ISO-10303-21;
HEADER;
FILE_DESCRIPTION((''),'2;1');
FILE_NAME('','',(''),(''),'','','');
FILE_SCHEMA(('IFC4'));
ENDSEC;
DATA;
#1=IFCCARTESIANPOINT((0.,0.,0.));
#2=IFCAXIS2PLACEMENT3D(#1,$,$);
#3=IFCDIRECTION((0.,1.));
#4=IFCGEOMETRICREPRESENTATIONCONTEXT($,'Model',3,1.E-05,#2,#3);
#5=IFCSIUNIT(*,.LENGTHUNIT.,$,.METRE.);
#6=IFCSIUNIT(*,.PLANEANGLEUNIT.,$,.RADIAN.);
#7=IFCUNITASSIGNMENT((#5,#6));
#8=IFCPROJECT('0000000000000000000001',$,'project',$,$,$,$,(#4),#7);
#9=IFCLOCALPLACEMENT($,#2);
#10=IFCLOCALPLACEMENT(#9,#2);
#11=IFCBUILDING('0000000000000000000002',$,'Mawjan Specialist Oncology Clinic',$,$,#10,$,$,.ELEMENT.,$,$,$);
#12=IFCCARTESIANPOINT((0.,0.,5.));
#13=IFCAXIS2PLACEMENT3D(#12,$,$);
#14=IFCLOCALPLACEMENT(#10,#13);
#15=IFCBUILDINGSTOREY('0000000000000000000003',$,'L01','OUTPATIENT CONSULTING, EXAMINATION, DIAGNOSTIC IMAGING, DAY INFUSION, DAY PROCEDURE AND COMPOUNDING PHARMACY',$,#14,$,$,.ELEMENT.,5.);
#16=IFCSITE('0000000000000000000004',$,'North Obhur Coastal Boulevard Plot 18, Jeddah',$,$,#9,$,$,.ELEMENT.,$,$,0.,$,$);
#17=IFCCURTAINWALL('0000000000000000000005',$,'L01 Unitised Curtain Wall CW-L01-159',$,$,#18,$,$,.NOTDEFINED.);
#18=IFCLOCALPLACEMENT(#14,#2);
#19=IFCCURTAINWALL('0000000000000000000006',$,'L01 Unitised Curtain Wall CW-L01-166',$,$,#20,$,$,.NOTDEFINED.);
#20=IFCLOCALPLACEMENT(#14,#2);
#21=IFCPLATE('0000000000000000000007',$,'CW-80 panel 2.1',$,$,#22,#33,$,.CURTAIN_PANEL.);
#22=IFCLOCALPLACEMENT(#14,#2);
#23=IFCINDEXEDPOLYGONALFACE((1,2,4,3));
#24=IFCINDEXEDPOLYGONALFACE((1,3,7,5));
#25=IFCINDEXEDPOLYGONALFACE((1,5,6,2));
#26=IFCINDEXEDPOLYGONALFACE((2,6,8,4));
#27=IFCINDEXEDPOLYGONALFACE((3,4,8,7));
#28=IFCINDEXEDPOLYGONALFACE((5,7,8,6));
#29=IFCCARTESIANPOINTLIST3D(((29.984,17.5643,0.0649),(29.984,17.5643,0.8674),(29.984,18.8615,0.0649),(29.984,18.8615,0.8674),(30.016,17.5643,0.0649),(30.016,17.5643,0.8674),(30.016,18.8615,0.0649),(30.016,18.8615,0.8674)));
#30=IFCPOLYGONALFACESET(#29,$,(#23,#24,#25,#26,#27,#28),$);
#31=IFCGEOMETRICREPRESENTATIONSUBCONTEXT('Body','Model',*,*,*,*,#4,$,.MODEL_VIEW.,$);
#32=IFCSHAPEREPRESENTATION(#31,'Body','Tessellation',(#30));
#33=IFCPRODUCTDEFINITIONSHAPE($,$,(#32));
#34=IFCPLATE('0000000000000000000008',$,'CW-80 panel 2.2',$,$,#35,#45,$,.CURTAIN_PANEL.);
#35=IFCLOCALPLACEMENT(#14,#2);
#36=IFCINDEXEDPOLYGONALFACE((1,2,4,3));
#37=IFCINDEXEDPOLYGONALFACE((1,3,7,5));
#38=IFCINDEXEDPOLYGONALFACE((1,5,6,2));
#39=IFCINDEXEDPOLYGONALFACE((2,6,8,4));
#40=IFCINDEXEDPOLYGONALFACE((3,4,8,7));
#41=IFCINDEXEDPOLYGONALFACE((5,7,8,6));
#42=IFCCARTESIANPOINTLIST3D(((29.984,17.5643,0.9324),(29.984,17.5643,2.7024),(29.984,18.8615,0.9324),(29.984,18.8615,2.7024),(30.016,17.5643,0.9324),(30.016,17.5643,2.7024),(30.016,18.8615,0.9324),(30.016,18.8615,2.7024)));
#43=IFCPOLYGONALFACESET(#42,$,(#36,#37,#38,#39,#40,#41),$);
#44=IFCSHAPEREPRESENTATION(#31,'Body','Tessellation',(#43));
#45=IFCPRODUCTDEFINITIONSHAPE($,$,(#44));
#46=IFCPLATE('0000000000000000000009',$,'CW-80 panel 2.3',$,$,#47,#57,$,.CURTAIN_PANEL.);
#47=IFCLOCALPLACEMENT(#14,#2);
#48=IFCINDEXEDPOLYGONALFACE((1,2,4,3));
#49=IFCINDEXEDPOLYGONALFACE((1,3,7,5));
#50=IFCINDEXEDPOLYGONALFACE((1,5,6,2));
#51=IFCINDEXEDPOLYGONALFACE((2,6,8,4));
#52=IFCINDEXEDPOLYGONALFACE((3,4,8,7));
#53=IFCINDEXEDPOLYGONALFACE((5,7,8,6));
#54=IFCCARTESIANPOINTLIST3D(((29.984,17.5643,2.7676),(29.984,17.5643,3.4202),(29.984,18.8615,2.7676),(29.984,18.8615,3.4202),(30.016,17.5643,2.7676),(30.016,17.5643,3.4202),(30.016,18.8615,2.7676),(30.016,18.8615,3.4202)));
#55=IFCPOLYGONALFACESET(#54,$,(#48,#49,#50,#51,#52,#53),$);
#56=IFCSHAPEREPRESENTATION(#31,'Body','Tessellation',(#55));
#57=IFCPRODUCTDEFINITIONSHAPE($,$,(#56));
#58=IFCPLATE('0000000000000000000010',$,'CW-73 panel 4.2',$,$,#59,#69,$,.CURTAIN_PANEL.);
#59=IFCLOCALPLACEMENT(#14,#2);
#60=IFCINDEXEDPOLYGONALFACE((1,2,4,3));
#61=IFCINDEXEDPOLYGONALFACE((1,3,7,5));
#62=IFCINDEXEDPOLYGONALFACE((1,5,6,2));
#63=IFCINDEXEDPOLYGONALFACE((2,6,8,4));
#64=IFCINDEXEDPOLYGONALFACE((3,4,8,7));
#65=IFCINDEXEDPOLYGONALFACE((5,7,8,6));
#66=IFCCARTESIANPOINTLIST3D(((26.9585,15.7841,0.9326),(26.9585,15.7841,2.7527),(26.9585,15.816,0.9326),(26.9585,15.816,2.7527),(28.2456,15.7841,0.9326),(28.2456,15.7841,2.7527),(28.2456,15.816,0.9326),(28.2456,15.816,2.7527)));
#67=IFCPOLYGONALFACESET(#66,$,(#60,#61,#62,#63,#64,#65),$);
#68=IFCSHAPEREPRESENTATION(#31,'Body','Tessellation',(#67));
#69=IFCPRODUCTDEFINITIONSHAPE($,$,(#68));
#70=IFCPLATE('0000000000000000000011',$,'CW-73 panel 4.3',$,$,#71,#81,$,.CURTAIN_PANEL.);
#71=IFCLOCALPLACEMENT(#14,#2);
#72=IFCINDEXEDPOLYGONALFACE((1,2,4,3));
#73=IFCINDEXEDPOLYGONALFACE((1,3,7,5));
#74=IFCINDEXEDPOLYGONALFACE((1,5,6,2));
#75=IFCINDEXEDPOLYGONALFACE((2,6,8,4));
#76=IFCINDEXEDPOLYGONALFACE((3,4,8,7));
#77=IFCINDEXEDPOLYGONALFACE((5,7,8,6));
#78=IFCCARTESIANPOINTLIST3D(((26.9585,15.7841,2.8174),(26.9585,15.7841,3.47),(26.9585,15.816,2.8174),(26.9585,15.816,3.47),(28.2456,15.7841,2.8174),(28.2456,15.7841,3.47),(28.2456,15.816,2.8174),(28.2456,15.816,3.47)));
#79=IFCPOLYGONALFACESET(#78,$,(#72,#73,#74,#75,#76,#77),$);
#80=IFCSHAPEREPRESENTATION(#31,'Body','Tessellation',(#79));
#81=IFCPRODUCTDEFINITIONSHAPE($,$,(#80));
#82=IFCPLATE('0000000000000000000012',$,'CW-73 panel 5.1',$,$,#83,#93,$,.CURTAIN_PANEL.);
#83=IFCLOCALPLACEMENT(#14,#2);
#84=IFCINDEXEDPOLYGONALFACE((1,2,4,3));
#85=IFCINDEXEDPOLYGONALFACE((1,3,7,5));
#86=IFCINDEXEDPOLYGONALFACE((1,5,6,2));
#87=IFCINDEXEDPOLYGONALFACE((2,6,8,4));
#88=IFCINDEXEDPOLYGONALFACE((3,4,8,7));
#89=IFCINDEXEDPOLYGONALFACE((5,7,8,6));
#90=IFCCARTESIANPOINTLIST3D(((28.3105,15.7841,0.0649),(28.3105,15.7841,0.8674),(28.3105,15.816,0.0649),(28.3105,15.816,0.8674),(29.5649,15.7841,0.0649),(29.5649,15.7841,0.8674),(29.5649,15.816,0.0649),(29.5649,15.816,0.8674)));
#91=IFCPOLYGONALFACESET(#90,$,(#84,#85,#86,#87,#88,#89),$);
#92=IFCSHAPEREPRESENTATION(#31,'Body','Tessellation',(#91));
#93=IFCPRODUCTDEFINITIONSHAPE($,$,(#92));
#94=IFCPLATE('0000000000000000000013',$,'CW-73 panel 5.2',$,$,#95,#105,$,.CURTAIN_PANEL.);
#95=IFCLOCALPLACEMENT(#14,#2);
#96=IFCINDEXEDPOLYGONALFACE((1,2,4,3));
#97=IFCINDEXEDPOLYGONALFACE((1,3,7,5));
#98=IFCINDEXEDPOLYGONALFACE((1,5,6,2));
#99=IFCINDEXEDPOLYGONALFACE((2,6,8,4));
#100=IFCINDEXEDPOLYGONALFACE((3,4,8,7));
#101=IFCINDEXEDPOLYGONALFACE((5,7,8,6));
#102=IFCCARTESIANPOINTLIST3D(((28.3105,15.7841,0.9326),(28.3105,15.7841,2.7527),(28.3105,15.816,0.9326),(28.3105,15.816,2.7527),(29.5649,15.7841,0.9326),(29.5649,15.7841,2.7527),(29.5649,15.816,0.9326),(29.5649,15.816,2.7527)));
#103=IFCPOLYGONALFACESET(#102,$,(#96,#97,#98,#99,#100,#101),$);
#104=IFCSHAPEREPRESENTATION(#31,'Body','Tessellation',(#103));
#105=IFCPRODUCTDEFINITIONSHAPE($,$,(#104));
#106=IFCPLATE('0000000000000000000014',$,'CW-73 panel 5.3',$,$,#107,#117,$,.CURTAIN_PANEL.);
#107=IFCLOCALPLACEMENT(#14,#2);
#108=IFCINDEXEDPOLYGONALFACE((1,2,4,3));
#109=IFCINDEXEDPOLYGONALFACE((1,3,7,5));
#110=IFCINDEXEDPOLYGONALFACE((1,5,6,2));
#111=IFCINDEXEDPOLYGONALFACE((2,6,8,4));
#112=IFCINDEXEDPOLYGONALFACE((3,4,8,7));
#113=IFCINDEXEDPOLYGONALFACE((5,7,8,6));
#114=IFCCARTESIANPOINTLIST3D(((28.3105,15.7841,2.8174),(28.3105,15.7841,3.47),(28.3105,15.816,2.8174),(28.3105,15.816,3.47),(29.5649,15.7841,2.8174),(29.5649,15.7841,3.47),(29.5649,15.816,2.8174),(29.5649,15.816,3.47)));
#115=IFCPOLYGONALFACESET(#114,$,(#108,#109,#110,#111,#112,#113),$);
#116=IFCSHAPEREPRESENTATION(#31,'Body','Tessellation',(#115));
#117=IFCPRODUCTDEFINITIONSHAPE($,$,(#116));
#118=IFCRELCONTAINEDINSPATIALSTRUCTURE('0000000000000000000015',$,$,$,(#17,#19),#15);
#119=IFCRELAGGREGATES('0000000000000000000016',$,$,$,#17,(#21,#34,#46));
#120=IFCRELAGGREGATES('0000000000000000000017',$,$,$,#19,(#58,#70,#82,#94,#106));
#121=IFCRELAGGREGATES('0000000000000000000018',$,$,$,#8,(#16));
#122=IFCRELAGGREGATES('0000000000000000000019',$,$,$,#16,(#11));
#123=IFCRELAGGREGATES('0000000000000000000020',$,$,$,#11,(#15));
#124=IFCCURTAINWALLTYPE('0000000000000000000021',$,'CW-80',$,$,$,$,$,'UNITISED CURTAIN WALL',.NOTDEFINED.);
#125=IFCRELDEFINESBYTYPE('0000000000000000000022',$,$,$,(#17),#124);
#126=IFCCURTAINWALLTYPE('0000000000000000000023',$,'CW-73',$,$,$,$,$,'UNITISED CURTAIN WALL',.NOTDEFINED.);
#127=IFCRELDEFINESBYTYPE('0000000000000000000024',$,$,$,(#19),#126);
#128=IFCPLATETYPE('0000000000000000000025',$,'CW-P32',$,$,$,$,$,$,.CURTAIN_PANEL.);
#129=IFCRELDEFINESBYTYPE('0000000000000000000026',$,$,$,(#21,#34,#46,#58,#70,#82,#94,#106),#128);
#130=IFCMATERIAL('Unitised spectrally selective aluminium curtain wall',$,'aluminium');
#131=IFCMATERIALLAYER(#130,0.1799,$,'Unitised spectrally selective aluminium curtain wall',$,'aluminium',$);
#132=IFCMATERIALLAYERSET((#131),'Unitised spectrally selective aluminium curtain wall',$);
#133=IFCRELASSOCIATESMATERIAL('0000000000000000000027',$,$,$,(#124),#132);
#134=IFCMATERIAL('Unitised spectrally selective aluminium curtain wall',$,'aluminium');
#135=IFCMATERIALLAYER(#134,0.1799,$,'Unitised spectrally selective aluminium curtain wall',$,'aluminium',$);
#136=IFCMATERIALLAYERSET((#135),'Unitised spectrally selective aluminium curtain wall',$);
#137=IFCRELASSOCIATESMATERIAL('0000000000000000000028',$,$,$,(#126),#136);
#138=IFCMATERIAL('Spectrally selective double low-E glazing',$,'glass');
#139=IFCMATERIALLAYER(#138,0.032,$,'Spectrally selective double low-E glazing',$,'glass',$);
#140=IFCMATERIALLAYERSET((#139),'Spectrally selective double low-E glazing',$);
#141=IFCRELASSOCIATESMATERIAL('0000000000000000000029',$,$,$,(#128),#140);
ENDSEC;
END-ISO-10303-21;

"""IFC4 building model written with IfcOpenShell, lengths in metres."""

from ifc_helpers import new_model, si_unit, direction, frame, origin, origin_2d, place, context, subcontext, project, spatial, rectangle, extrude, material, layer, layer_set, type_object, element, aggregate, save


model = new_model("IFC4")

# Units and contexts
model_context = context("Model", 3, precision=1e-05, world=origin(), true_north=direction((0.0, 1.0)))
body_context = subcontext(model_context, "Body", "Model", "MODEL_VIEW")
ifc_project = project(units=[si_unit("LENGTHUNIT", "METRE"), si_unit("PLANEANGLEUNIT", "RADIAN")], contexts=[model_context])

# Site, building, storey
site_placement = place(None, origin())
site = spatial("IfcSite", under=ifc_project, at=site_placement, Name="North Obhur Coastal Boulevard Plot 18, Jeddah", CompositionType="ELEMENT", RefElevation=0.0)
building_placement = place(site_placement, origin())
building = spatial("IfcBuilding", under=site, at=building_placement, Name="Mawjan Specialist Oncology Clinic", CompositionType="ELEMENT")
storey_placement = place(building_placement, frame((0.0, 0.0, 5.0)))
storey = spatial("IfcBuildingStorey", under=building, at=storey_placement, Name="L01", Description="OUTPATIENT CONSULTING, EXAMINATION, DIAGNOSTIC IMAGING, DAY INFUSION, DAY PROCEDURE AND COMPOUNDING PHARMACY", CompositionType="ELEMENT", Elevation=5.0)

# Curtain walls
ifc_material_1 = material(Name="Unitised spectrally selective aluminium curtain wall", Category="aluminium")
ifc_layer_1 = layer(ifc_material_1, 0.1799, Name="Unitised spectrally selective aluminium curtain wall", Category="aluminium")
ifc_layer_set_1 = layer_set([ifc_layer_1], Name="Unitised spectrally selective aluminium curtain wall")
curtain_wall_type_1 = type_object("IfcCurtainWallType", Name="CW-80", ElementType="UNITISED CURTAIN WALL", PredefinedType="NOTDEFINED", material=ifc_layer_set_1)
curtain_wall_1_placement = place(storey_placement, origin())
curtain_wall_1 = element("IfcCurtainWall", 1, at=curtain_wall_1_placement, inside=storey, type_object=curtain_wall_type_1, Name="L01 Unitised Curtain Wall CW-L01-159", PredefinedType="NOTDEFINED")
ifc_material_2 = material(Name="Unitised spectrally selective aluminium curtain wall", Category="aluminium")
ifc_layer_2 = layer(ifc_material_2, 0.1799, Name="Unitised spectrally selective aluminium curtain wall", Category="aluminium")
ifc_layer_set_2 = layer_set([ifc_layer_2], Name="Unitised spectrally selective aluminium curtain wall")
curtain_wall_type_2 = type_object("IfcCurtainWallType", Name="CW-73", ElementType="UNITISED CURTAIN WALL", PredefinedType="NOTDEFINED", material=ifc_layer_set_2)
curtain_wall_2_placement = place(storey_placement, origin())
curtain_wall_2 = element("IfcCurtainWall", 2, at=curtain_wall_2_placement, inside=storey, type_object=curtain_wall_type_2, Name="L01 Unitised Curtain Wall CW-L01-166", PredefinedType="NOTDEFINED")

# Plates
ifc_material_3 = material(Name="Spectrally selective double low-E glazing", Category="glass")
ifc_layer_3 = layer(ifc_material_3, 0.032, Name="Spectrally selective double low-E glazing", Category="glass")
ifc_layer_set_3 = layer_set([ifc_layer_3], Name="Spectrally selective double low-E glazing")
plate_type = type_object("IfcPlateType", Name="CW-P32", PredefinedType="CURTAIN_PANEL", material=ifc_layer_set_3)
plate_1_placement = place(storey_placement, frame((30.0, 18.2129, 0.0649), z_axis=(0.0, 0.0, 1.0), x_axis=(0.0, 1.0, 0.0)))
plate_1 = element("IfcPlate", 3, at=plate_1_placement, type_object=plate_type, Name="CW-80 panel 2.1", PredefinedType="CURTAIN_PANEL", context=body_context, shape_type="SweptSolid", body=[
    extrude(rectangle(XDim=1.2971, YDim=0.032, at=origin_2d()), origin(), (0.0, 0.0, 1.0), 0.8025),
])
plate_2_placement = place(storey_placement, frame((30.0, 18.2129, 0.9324), z_axis=(0.0, 0.0, 1.0), x_axis=(0.0, 1.0, 0.0)))
plate_2 = element("IfcPlate", 4, at=plate_2_placement, type_object=plate_type, Name="CW-80 panel 2.2", PredefinedType="CURTAIN_PANEL", context=body_context, shape_type="SweptSolid", body=[
    extrude(rectangle(XDim=1.2971, YDim=0.032, at=origin_2d()), origin(), (0.0, 0.0, 1.0), 1.77),
])
plate_3_placement = place(storey_placement, frame((30.0, 18.2129, 2.7676), z_axis=(0.0, 0.0, 1.0), x_axis=(0.0, 1.0, 0.0)))
plate_3 = element("IfcPlate", 5, at=plate_3_placement, type_object=plate_type, Name="CW-80 panel 2.3", PredefinedType="CURTAIN_PANEL", context=body_context, shape_type="SweptSolid", body=[
    extrude(rectangle(XDim=1.2971, YDim=0.032, at=origin_2d()), origin(), (0.0, 0.0, 1.0), 0.6526),
])
aggregate(curtain_wall_1, [plate_1, plate_2, plate_3])
plate_4_placement = place(storey_placement, frame((27.6021, 15.8, 0.9326), z_axis=(0.0, 0.0, 1.0), x_axis=(1.0, 0.0, 0.0)))
plate_4 = element("IfcPlate", 6, at=plate_4_placement, type_object=plate_type, Name="CW-73 panel 4.2", PredefinedType="CURTAIN_PANEL", context=body_context, shape_type="SweptSolid", body=[
    extrude(rectangle(XDim=1.2871, YDim=0.032, at=origin_2d()), origin(), (0.0, 0.0, 1.0), 1.8201),
])
plate_5_placement = place(storey_placement, frame((27.6021, 15.8, 2.8174), z_axis=(0.0, 0.0, 1.0), x_axis=(1.0, 0.0, 0.0)))
plate_5 = element("IfcPlate", 7, at=plate_5_placement, type_object=plate_type, Name="CW-73 panel 4.3", PredefinedType="CURTAIN_PANEL", context=body_context, shape_type="SweptSolid", body=[
    extrude(rectangle(XDim=1.2871, YDim=0.032, at=origin_2d()), origin(), (0.0, 0.0, 1.0), 0.6526),
])
plate_6_placement = place(storey_placement, frame((28.9377, 15.8, 0.0649), z_axis=(0.0, 0.0, 1.0), x_axis=(1.0, 0.0, 0.0)))
plate_6 = element("IfcPlate", 8, at=plate_6_placement, type_object=plate_type, Name="CW-73 panel 5.1", PredefinedType="CURTAIN_PANEL", context=body_context, shape_type="SweptSolid", body=[
    extrude(rectangle(XDim=1.2544, YDim=0.032, at=origin_2d()), origin(), (0.0, 0.0, 1.0), 0.8025),
])
plate_7_placement = place(storey_placement, frame((28.9377, 15.8, 0.9326), z_axis=(0.0, 0.0, 1.0), x_axis=(1.0, 0.0, 0.0)))
plate_7 = element("IfcPlate", 9, at=plate_7_placement, type_object=plate_type, Name="CW-73 panel 5.2", PredefinedType="CURTAIN_PANEL", context=body_context, shape_type="SweptSolid", body=[
    extrude(rectangle(XDim=1.2544, YDim=0.032, at=origin_2d()), origin(), (0.0, 0.0, 1.0), 1.8201),
])
plate_8_placement = place(storey_placement, frame((28.9377, 15.8, 2.8174), z_axis=(0.0, 0.0, 1.0), x_axis=(1.0, 0.0, 0.0)))
plate_8 = element("IfcPlate", 10, at=plate_8_placement, type_object=plate_type, Name="CW-73 panel 5.3", PredefinedType="CURTAIN_PANEL", context=body_context, shape_type="SweptSolid", body=[
    extrude(rectangle(XDim=1.2544, YDim=0.032, at=origin_2d()), origin(), (0.0, 0.0, 1.0), 0.6526),
])
aggregate(curtain_wall_2, [plate_4, plate_5, plate_6, plate_7, plate_8])

save(model, "model.ifc")
